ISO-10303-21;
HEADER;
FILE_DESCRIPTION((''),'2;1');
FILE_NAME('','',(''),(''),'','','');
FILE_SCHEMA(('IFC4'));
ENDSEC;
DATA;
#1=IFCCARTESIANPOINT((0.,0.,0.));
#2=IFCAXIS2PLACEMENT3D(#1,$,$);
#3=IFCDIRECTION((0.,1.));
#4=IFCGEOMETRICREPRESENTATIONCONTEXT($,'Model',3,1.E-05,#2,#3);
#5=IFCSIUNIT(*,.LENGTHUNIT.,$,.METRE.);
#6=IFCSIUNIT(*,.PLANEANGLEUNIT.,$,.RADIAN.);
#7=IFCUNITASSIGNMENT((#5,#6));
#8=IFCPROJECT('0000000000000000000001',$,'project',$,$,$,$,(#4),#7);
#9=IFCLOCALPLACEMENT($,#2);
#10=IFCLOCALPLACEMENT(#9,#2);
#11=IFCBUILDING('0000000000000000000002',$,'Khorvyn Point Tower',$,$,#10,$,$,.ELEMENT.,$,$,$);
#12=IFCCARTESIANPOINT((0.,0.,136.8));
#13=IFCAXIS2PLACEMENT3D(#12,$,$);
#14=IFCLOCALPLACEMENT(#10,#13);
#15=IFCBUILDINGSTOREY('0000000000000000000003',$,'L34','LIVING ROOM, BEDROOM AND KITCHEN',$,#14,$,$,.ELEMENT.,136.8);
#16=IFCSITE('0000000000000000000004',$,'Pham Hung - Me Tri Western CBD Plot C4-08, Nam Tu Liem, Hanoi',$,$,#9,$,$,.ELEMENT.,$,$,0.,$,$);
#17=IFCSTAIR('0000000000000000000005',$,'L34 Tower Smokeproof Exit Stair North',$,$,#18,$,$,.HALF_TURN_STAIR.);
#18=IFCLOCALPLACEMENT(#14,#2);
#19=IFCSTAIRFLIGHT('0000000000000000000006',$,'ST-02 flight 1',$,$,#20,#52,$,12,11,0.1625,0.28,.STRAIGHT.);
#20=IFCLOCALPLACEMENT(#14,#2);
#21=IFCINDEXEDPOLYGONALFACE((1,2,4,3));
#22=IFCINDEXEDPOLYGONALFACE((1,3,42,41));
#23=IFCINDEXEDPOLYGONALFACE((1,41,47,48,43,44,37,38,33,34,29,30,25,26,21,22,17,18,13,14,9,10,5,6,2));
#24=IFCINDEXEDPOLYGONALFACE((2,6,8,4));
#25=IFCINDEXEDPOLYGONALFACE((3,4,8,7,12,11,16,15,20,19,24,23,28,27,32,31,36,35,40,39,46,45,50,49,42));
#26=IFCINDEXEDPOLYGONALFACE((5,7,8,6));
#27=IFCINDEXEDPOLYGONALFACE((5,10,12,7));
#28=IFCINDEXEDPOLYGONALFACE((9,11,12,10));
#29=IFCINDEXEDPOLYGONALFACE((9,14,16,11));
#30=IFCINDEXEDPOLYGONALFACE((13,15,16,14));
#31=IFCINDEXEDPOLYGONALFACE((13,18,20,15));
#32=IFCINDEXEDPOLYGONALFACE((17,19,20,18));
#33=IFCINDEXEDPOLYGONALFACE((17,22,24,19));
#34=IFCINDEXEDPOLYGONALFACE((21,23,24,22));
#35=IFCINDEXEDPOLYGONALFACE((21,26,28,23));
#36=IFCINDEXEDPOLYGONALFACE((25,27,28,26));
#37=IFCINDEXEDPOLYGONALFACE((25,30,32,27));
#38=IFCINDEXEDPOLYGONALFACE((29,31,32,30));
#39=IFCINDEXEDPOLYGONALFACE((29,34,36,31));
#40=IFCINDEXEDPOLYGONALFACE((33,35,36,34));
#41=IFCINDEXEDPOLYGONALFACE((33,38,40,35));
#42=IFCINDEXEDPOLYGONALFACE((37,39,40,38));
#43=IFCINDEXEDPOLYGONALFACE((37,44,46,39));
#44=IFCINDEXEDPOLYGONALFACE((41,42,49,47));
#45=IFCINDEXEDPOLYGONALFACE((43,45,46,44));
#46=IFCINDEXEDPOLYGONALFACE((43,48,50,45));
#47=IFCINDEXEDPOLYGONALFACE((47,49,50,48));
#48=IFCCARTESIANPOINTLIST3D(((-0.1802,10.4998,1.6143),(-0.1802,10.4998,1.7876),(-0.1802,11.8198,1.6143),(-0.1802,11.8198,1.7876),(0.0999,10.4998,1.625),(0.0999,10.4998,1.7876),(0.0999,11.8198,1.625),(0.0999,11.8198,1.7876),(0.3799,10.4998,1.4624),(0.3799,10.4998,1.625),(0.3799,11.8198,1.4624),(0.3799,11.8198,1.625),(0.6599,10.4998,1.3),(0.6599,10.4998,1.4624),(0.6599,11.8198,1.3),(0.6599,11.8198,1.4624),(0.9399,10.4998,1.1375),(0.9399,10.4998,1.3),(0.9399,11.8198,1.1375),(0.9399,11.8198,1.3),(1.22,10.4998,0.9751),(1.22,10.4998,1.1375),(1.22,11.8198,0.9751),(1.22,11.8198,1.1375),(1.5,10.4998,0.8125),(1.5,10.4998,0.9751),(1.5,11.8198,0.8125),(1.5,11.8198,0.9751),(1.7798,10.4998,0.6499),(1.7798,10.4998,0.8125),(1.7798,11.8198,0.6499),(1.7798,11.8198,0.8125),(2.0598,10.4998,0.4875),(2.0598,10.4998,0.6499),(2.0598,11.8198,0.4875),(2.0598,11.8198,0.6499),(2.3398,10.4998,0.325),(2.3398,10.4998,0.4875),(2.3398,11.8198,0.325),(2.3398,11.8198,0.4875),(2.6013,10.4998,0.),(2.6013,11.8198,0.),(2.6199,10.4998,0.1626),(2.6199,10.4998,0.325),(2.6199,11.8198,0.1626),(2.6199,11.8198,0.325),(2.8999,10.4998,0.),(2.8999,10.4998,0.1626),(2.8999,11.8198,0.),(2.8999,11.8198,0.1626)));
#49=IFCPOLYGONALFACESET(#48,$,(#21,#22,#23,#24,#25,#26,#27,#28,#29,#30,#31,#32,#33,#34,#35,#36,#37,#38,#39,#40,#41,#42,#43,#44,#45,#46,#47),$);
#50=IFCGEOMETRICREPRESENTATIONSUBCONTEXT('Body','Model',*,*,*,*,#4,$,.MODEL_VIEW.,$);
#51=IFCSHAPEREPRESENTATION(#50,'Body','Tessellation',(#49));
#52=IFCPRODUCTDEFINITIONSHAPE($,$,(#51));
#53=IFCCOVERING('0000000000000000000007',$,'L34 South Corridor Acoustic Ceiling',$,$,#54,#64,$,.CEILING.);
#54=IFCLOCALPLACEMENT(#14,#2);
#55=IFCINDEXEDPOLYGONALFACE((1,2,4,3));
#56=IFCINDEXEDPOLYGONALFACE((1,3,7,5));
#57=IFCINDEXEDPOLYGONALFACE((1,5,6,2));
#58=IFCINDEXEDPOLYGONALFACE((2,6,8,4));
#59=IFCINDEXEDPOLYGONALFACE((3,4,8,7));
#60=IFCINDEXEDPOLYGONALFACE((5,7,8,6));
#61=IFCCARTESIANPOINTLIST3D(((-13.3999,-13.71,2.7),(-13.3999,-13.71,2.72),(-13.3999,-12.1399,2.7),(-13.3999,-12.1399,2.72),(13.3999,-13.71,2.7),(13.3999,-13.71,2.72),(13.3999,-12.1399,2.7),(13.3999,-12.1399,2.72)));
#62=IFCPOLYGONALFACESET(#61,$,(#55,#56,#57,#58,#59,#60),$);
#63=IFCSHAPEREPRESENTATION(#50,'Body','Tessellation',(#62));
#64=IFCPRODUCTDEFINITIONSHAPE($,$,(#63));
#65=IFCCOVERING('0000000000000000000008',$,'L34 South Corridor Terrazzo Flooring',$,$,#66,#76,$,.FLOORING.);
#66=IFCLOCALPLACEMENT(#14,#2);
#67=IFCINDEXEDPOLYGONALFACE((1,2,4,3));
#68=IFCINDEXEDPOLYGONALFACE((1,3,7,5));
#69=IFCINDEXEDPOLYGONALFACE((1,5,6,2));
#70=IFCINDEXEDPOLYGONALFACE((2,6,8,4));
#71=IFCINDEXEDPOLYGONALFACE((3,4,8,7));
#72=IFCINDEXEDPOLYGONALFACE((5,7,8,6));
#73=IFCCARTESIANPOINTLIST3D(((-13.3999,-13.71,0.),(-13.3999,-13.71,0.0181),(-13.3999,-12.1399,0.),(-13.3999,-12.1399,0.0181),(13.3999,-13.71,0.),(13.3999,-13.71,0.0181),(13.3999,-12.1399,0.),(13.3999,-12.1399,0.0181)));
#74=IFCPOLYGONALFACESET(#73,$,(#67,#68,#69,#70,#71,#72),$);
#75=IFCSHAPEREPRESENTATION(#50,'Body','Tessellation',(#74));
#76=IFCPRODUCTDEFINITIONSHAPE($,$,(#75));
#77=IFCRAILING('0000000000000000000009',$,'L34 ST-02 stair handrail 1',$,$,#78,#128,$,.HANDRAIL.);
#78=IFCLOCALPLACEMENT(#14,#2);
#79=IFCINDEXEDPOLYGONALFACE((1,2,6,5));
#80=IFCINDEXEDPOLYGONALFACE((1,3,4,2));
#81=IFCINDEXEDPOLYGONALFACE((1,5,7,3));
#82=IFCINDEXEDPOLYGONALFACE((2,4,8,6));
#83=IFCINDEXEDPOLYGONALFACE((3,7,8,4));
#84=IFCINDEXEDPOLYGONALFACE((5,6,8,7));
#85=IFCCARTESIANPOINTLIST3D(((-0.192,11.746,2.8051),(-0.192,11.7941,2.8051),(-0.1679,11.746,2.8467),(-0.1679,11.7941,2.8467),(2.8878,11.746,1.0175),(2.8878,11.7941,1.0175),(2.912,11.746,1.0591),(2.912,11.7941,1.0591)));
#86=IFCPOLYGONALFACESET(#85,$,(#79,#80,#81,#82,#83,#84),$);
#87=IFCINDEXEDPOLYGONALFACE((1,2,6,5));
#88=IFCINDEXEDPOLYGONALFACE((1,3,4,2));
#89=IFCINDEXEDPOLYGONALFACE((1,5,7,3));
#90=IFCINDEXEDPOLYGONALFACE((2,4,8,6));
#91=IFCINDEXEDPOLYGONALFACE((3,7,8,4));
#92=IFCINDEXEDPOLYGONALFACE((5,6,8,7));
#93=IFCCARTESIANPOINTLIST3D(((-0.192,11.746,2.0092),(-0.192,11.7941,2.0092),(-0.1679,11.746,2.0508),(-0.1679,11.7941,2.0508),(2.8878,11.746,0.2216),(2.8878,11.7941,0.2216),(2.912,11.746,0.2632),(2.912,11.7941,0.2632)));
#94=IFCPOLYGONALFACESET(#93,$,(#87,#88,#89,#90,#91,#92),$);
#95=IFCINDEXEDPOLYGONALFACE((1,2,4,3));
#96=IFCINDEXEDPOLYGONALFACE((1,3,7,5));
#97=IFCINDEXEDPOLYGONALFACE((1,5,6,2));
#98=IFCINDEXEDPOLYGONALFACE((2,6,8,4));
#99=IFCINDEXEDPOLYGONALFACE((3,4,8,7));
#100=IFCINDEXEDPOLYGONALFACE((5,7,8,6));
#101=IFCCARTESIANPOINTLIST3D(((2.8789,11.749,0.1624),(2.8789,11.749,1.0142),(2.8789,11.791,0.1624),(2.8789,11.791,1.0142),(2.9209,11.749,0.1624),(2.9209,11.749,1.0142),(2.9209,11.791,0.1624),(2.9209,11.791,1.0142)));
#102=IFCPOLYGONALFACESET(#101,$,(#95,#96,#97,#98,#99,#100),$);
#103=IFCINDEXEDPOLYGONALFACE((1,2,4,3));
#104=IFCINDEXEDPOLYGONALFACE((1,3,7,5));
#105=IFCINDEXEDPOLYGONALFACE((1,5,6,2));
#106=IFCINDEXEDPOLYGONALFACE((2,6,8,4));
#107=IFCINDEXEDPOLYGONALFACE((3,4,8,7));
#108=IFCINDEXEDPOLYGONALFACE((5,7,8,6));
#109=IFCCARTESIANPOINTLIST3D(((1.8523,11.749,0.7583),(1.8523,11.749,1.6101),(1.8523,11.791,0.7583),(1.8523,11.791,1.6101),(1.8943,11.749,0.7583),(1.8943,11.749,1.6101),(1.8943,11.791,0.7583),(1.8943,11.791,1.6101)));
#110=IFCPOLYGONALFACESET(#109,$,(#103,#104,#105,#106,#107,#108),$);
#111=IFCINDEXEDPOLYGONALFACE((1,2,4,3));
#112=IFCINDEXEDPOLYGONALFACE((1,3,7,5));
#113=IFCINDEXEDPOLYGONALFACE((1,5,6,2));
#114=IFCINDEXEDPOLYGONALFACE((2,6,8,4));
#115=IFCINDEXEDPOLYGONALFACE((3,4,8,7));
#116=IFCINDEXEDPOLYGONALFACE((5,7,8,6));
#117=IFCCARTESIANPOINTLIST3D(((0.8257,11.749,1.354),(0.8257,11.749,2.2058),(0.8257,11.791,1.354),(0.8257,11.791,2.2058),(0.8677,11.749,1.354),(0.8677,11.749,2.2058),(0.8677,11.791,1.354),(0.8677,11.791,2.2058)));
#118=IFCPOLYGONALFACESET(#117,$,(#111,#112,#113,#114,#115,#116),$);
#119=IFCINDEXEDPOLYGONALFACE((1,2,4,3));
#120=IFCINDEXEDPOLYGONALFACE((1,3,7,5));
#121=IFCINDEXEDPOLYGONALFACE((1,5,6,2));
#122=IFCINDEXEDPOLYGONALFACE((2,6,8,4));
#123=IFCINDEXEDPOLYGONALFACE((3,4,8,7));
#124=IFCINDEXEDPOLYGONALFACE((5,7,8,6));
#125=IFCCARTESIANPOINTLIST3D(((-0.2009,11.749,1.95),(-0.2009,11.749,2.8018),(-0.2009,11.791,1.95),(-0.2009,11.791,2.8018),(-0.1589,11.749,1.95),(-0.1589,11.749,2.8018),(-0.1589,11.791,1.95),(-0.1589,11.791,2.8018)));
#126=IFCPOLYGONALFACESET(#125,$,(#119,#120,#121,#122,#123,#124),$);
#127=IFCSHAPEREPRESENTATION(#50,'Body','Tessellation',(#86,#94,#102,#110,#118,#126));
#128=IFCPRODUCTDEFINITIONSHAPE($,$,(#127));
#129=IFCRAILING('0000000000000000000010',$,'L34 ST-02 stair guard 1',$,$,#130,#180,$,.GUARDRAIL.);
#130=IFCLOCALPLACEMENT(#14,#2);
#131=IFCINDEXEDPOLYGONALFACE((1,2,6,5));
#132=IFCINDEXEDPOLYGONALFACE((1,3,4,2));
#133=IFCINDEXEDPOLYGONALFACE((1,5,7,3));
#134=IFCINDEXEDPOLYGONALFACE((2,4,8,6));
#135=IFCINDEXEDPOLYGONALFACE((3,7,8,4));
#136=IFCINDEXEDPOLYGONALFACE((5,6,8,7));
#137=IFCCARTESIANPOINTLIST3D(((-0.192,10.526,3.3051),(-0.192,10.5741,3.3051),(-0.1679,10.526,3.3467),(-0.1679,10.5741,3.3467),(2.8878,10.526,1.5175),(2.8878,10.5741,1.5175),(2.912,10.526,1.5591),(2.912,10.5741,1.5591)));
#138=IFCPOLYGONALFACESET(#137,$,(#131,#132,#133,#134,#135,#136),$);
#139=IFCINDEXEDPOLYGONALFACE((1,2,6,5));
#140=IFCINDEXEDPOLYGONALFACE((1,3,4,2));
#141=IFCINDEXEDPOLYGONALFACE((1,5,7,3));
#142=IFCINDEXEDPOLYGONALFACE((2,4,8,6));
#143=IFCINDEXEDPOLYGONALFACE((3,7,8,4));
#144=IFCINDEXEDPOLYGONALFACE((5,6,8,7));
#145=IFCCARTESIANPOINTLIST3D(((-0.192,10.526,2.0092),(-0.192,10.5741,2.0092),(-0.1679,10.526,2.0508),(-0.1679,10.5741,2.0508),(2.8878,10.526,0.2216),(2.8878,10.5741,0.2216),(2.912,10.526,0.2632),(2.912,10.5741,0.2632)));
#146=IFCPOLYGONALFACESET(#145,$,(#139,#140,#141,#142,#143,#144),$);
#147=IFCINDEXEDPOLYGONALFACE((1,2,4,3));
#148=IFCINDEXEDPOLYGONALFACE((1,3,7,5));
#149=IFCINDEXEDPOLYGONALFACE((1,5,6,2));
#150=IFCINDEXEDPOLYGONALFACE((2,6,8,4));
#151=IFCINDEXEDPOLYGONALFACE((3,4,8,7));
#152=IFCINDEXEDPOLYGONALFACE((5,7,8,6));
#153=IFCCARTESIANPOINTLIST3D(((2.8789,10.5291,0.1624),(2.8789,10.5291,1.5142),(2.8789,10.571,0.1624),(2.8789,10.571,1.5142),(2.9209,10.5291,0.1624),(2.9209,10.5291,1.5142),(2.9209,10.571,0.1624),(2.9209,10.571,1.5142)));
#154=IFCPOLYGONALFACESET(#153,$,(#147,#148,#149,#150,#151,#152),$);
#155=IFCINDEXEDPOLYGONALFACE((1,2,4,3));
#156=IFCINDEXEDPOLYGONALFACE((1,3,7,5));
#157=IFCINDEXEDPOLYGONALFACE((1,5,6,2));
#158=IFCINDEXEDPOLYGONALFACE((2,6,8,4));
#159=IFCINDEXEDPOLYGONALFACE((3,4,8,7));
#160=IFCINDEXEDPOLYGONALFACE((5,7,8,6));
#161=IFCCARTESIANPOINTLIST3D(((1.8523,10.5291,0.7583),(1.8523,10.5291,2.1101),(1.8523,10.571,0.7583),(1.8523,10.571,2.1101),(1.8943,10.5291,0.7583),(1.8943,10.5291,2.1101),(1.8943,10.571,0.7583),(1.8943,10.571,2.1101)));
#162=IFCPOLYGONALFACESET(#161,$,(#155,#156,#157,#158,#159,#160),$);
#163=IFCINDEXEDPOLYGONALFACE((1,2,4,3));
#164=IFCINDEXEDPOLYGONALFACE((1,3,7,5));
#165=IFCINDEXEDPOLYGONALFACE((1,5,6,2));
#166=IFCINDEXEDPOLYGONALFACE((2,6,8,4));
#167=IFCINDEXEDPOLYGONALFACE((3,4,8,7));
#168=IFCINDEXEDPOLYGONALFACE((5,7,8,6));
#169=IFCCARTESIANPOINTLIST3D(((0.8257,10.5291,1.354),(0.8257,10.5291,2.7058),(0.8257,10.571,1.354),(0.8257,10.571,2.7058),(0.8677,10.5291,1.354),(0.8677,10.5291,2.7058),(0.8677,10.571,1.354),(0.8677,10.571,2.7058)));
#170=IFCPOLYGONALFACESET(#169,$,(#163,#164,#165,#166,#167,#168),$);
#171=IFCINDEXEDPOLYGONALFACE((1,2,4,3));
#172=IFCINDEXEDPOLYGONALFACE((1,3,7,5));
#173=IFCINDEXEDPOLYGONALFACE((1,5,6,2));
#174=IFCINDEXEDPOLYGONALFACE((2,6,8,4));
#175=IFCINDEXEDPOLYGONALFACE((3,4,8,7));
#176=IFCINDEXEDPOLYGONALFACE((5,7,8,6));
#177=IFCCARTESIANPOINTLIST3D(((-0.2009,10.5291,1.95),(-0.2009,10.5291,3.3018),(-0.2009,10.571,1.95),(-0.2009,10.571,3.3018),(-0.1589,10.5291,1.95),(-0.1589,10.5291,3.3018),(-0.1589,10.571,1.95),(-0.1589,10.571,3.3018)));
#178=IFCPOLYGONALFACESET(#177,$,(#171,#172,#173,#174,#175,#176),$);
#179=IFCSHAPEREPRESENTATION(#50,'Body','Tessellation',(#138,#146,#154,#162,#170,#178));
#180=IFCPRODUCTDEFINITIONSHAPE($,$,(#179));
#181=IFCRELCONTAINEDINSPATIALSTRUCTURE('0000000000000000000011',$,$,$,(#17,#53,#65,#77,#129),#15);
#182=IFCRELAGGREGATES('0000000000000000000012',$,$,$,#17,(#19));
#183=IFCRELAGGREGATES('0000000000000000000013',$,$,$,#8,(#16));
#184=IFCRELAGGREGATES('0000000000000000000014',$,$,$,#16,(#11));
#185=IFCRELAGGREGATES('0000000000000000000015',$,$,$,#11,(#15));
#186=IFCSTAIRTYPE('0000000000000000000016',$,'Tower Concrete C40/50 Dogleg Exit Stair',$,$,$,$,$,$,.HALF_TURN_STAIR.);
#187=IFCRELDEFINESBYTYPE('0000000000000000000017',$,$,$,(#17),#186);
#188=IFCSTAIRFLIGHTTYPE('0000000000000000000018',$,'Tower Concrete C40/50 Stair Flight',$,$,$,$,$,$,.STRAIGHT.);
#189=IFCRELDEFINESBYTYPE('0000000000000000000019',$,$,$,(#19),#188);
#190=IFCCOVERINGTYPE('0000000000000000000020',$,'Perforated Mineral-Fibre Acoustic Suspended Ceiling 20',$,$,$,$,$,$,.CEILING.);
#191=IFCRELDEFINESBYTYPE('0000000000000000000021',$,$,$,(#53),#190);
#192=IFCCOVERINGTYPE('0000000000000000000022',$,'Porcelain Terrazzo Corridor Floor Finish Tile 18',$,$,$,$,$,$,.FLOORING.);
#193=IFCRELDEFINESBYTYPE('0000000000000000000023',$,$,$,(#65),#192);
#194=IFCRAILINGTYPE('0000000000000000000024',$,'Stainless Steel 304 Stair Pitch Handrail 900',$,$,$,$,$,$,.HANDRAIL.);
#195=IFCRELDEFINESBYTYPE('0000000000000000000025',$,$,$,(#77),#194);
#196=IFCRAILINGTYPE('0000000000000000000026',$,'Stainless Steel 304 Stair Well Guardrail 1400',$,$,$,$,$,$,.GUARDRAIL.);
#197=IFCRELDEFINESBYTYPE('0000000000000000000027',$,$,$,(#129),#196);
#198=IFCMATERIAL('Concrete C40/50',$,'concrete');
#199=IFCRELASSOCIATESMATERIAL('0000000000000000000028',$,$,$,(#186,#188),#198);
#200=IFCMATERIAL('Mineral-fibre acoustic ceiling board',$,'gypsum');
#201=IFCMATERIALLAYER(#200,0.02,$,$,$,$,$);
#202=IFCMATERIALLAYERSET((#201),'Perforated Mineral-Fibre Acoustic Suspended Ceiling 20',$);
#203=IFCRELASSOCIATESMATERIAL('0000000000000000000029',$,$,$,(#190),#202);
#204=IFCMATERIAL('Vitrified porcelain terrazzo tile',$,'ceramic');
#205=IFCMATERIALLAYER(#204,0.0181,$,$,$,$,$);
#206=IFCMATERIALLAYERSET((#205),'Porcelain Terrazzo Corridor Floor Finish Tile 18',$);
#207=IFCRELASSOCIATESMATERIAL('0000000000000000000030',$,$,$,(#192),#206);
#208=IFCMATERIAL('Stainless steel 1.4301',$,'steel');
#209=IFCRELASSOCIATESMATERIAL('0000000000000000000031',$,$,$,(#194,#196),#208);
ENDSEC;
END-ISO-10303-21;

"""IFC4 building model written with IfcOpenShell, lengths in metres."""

from ifc_helpers import new_model, si_unit, direction, frame, origin, origin_2d, place, context, subcontext, project, spatial, polyline, rectangle, outline, extrude, material, layer, layer_set, type_object, element, aggregate, save


model = new_model("IFC4")

# Units and contexts
model_context = context("Model", 3, precision=1e-05, world=origin(), true_north=direction((0.0, 1.0)))
body_context = subcontext(model_context, "Body", "Model", "MODEL_VIEW")
ifc_project = project(units=[si_unit("LENGTHUNIT", "METRE"), si_unit("PLANEANGLEUNIT", "RADIAN")], contexts=[model_context])

# Site, building, storey
site_placement = place(None, origin())
site = spatial("IfcSite", under=ifc_project, at=site_placement, Name="Pham Hung - Me Tri Western CBD Plot C4-08, Nam Tu Liem, Hanoi", CompositionType="ELEMENT", RefElevation=0.0)
building_placement = place(site_placement, origin())
building = spatial("IfcBuilding", under=site, at=building_placement, Name="Khorvyn Point Tower", CompositionType="ELEMENT")
storey_placement = place(building_placement, frame((0.0, 0.0, 136.8)))
storey = spatial("IfcBuildingStorey", under=building, at=storey_placement, Name="L34", Description="LIVING ROOM, BEDROOM AND KITCHEN", CompositionType="ELEMENT", Elevation=136.8)

# Shared definitions
ifc_material_1 = material(Name="Concrete C40/50", Category="concrete")

# Stair
stair_type = type_object("IfcStairType", Name="Tower Concrete C40/50 Dogleg Exit Stair", PredefinedType="HALF_TURN_STAIR", material=ifc_material_1)
stair_placement = place(storey_placement, origin())
stair = element("IfcStair", 1, at=stair_placement, inside=storey, type_object=stair_type, Name="L34 Tower Smokeproof Exit Stair North", PredefinedType="HALF_TURN_STAIR")

# Shared definitions
ifc_material_2 = material(Name="Stainless steel 1.4301", Category="steel")

# Stair flight
stair_flight_type = type_object("IfcStairFlightType", Name="Tower Concrete C40/50 Stair Flight", PredefinedType="STRAIGHT", material=ifc_material_1)
stair_flight_placement = place(storey_placement, frame((2.8999, 11.1599, 0.0), z_axis=(0.0, 0.0, 1.0), x_axis=(-1.0, 0.0, 0.0)))
stair_flight = element("IfcStairFlight", 2, at=stair_flight_placement, type_object=stair_flight_type, Name="ST-02 flight 1", NumberOfRisers=12, NumberOfTreads=11, PredefinedType="STRAIGHT", RiserHeight=0.1625, TreadLength=0.28, context=body_context, shape_type="SweptSolid", body=[
    extrude(outline(polyline([(0.0, 0.0), (0.0, 0.1626), (0.28, 0.1626), (0.28, 0.325), (0.5601, 0.325), (0.5601, 0.4875), (0.8401, 0.4875), (0.8401, 0.6499), (1.1201, 0.6499), (1.1201, 0.8125), (1.3999, 0.8125), (1.3999, 0.9751), (1.6799, 0.9751), (1.6799, 1.1375), (1.96, 1.1375), (1.96, 1.3), (2.24, 1.3), (2.24, 1.4624), (2.52, 1.4624), (2.52, 1.625), (2.8, 1.625), (2.8, 1.7876), (3.0801, 1.7876), (3.0801, 1.95), (3.0801, 1.6143), (0.2986, 0.0), (0.0, 0.0)])), frame((0.0, 0.6602, 0.0), z_axis=(0.0, -1.0, 0.0), x_axis=(1.0, 0.0, 0.0)), (0.0, 0.0, 1.0), 1.3201),
])
aggregate(stair, [stair_flight])

# Coverings
ifc_material_3 = material(Name="Mineral-fibre acoustic ceiling board", Category="gypsum")
ifc_layer_1 = layer(ifc_material_3, 0.02)
ifc_layer_set_1 = layer_set([ifc_layer_1], Name="Perforated Mineral-Fibre Acoustic Suspended Ceiling 20")
covering_type_1 = type_object("IfcCoveringType", Name="Perforated Mineral-Fibre Acoustic Suspended Ceiling 20", PredefinedType="CEILING", material=ifc_layer_set_1)
covering_1_placement = place(storey_placement, frame((0.0, 0.0, 2.7)))
element("IfcCovering", 3, at=covering_1_placement, inside=storey, type_object=covering_type_1, Name="L34 South Corridor Acoustic Ceiling", PredefinedType="CEILING", context=body_context, shape_type="SweptSolid", body=[
    extrude(outline(polyline([(-13.3999, -13.71), (13.3999, -13.71), (13.3999, -12.1399), (-13.3999, -12.1399), (-13.3999, -13.71)])), origin(), (0.0, 0.0, 1.0), 0.02),
])
ifc_material_4 = material(Name="Vitrified porcelain terrazzo tile", Category="ceramic")
ifc_layer_2 = layer(ifc_material_4, 0.0181)
ifc_layer_set_2 = layer_set([ifc_layer_2], Name="Porcelain Terrazzo Corridor Floor Finish Tile 18")
covering_type_2 = type_object("IfcCoveringType", Name="Porcelain Terrazzo Corridor Floor Finish Tile 18", PredefinedType="FLOORING", material=ifc_layer_set_2)
covering_2_placement = place(storey_placement, origin())
element("IfcCovering", 4, at=covering_2_placement, inside=storey, type_object=covering_type_2, Name="L34 South Corridor Terrazzo Flooring", PredefinedType="FLOORING", context=body_context, shape_type="SweptSolid", body=[
    extrude(outline(polyline([(-13.3999, -13.71), (13.3999, -13.71), (13.3999, -12.1399), (-13.3999, -12.1399), (-13.3999, -13.71)])), origin(), (0.0, 0.0, 1.0), 0.0181),
])

# Railings
railing_type_1 = type_object("IfcRailingType", Name="Stainless Steel 304 Stair Pitch Handrail 900", PredefinedType="HANDRAIL", material=ifc_material_2)
railing_1_placement = place(storey_placement, frame((2.8999, 11.77, 0.1624)))
element("IfcRailing", 5, at=railing_1_placement, inside=storey, type_object=railing_type_1, Name="L34 ST-02 stair handrail 1", PredefinedType="HANDRAIL", context=body_context, shape_type="SweptSolid", body=[
    extrude(rectangle(XDim=0.0481, YDim=0.0481, at=origin_2d()), frame((0.0, 0.0, 0.876), z_axis=(-0.864873, 0.0, 0.50199), x_axis=(0.0, -1.0, 0.0)), (0.0, 0.0, 1.0), 3.561),
    extrude(rectangle(XDim=0.0481, YDim=0.0481, at=origin_2d()), frame((0.0, 0.0, 0.0801), z_axis=(-0.864873, 0.0, 0.50199), x_axis=(0.0, -1.0, 0.0)), (0.0, 0.0, 1.0), 3.561),
    extrude(rectangle(XDim=0.042, YDim=0.042, at=origin_2d()), origin(), (0.0, 0.0, 1.0), 0.8518),
    extrude(rectangle(XDim=0.042, YDim=0.042, at=origin_2d()), frame((-1.0266, 0.0, 0.5959)), (0.0, 0.0, 1.0), 0.8518),
    extrude(rectangle(XDim=0.042, YDim=0.042, at=origin_2d()), frame((-2.0532, 0.0, 1.1917)), (0.0, 0.0, 1.0), 0.8518),
    extrude(rectangle(XDim=0.042, YDim=0.042, at=origin_2d()), frame((-3.0798, 0.0, 1.7876)), (0.0, 0.0, 1.0), 0.8518),
])
railing_type_2 = type_object("IfcRailingType", Name="Stainless Steel 304 Stair Well Guardrail 1400", PredefinedType="GUARDRAIL", material=ifc_material_2)
railing_2_placement = place(storey_placement, frame((2.8999, 10.55, 0.1624)))
element("IfcRailing", 6, at=railing_2_placement, inside=storey, type_object=railing_type_2, Name="L34 ST-02 stair guard 1", PredefinedType="GUARDRAIL", context=body_context, shape_type="SweptSolid", body=[
    extrude(rectangle(XDim=0.0481, YDim=0.0481, at=origin_2d()), frame((0.0, 0.0, 1.376), z_axis=(-0.864873, 0.0, 0.50199), x_axis=(0.0, -1.0, 0.0)), (0.0, 0.0, 1.0), 3.561),
    extrude(rectangle(XDim=0.0481, YDim=0.0481, at=origin_2d()), frame((0.0, 0.0, 0.0801), z_axis=(-0.864873, 0.0, 0.50199), x_axis=(0.0, -1.0, 0.0)), (0.0, 0.0, 1.0), 3.561),
    extrude(rectangle(XDim=0.042, YDim=0.042, at=origin_2d()), origin(), (0.0, 0.0, 1.0), 1.3518),
    extrude(rectangle(XDim=0.042, YDim=0.042, at=origin_2d()), frame((-1.0266, 0.0, 0.5959)), (0.0, 0.0, 1.0), 1.3518),
    extrude(rectangle(XDim=0.042, YDim=0.042, at=origin_2d()), frame((-2.0532, 0.0, 1.1917)), (0.0, 0.0, 1.0), 1.3518),
    extrude(rectangle(XDim=0.042, YDim=0.042, at=origin_2d()), frame((-3.0798, 0.0, 1.7876)), (0.0, 0.0, 1.0), 1.3518),
])

save(model, "model.ifc")
